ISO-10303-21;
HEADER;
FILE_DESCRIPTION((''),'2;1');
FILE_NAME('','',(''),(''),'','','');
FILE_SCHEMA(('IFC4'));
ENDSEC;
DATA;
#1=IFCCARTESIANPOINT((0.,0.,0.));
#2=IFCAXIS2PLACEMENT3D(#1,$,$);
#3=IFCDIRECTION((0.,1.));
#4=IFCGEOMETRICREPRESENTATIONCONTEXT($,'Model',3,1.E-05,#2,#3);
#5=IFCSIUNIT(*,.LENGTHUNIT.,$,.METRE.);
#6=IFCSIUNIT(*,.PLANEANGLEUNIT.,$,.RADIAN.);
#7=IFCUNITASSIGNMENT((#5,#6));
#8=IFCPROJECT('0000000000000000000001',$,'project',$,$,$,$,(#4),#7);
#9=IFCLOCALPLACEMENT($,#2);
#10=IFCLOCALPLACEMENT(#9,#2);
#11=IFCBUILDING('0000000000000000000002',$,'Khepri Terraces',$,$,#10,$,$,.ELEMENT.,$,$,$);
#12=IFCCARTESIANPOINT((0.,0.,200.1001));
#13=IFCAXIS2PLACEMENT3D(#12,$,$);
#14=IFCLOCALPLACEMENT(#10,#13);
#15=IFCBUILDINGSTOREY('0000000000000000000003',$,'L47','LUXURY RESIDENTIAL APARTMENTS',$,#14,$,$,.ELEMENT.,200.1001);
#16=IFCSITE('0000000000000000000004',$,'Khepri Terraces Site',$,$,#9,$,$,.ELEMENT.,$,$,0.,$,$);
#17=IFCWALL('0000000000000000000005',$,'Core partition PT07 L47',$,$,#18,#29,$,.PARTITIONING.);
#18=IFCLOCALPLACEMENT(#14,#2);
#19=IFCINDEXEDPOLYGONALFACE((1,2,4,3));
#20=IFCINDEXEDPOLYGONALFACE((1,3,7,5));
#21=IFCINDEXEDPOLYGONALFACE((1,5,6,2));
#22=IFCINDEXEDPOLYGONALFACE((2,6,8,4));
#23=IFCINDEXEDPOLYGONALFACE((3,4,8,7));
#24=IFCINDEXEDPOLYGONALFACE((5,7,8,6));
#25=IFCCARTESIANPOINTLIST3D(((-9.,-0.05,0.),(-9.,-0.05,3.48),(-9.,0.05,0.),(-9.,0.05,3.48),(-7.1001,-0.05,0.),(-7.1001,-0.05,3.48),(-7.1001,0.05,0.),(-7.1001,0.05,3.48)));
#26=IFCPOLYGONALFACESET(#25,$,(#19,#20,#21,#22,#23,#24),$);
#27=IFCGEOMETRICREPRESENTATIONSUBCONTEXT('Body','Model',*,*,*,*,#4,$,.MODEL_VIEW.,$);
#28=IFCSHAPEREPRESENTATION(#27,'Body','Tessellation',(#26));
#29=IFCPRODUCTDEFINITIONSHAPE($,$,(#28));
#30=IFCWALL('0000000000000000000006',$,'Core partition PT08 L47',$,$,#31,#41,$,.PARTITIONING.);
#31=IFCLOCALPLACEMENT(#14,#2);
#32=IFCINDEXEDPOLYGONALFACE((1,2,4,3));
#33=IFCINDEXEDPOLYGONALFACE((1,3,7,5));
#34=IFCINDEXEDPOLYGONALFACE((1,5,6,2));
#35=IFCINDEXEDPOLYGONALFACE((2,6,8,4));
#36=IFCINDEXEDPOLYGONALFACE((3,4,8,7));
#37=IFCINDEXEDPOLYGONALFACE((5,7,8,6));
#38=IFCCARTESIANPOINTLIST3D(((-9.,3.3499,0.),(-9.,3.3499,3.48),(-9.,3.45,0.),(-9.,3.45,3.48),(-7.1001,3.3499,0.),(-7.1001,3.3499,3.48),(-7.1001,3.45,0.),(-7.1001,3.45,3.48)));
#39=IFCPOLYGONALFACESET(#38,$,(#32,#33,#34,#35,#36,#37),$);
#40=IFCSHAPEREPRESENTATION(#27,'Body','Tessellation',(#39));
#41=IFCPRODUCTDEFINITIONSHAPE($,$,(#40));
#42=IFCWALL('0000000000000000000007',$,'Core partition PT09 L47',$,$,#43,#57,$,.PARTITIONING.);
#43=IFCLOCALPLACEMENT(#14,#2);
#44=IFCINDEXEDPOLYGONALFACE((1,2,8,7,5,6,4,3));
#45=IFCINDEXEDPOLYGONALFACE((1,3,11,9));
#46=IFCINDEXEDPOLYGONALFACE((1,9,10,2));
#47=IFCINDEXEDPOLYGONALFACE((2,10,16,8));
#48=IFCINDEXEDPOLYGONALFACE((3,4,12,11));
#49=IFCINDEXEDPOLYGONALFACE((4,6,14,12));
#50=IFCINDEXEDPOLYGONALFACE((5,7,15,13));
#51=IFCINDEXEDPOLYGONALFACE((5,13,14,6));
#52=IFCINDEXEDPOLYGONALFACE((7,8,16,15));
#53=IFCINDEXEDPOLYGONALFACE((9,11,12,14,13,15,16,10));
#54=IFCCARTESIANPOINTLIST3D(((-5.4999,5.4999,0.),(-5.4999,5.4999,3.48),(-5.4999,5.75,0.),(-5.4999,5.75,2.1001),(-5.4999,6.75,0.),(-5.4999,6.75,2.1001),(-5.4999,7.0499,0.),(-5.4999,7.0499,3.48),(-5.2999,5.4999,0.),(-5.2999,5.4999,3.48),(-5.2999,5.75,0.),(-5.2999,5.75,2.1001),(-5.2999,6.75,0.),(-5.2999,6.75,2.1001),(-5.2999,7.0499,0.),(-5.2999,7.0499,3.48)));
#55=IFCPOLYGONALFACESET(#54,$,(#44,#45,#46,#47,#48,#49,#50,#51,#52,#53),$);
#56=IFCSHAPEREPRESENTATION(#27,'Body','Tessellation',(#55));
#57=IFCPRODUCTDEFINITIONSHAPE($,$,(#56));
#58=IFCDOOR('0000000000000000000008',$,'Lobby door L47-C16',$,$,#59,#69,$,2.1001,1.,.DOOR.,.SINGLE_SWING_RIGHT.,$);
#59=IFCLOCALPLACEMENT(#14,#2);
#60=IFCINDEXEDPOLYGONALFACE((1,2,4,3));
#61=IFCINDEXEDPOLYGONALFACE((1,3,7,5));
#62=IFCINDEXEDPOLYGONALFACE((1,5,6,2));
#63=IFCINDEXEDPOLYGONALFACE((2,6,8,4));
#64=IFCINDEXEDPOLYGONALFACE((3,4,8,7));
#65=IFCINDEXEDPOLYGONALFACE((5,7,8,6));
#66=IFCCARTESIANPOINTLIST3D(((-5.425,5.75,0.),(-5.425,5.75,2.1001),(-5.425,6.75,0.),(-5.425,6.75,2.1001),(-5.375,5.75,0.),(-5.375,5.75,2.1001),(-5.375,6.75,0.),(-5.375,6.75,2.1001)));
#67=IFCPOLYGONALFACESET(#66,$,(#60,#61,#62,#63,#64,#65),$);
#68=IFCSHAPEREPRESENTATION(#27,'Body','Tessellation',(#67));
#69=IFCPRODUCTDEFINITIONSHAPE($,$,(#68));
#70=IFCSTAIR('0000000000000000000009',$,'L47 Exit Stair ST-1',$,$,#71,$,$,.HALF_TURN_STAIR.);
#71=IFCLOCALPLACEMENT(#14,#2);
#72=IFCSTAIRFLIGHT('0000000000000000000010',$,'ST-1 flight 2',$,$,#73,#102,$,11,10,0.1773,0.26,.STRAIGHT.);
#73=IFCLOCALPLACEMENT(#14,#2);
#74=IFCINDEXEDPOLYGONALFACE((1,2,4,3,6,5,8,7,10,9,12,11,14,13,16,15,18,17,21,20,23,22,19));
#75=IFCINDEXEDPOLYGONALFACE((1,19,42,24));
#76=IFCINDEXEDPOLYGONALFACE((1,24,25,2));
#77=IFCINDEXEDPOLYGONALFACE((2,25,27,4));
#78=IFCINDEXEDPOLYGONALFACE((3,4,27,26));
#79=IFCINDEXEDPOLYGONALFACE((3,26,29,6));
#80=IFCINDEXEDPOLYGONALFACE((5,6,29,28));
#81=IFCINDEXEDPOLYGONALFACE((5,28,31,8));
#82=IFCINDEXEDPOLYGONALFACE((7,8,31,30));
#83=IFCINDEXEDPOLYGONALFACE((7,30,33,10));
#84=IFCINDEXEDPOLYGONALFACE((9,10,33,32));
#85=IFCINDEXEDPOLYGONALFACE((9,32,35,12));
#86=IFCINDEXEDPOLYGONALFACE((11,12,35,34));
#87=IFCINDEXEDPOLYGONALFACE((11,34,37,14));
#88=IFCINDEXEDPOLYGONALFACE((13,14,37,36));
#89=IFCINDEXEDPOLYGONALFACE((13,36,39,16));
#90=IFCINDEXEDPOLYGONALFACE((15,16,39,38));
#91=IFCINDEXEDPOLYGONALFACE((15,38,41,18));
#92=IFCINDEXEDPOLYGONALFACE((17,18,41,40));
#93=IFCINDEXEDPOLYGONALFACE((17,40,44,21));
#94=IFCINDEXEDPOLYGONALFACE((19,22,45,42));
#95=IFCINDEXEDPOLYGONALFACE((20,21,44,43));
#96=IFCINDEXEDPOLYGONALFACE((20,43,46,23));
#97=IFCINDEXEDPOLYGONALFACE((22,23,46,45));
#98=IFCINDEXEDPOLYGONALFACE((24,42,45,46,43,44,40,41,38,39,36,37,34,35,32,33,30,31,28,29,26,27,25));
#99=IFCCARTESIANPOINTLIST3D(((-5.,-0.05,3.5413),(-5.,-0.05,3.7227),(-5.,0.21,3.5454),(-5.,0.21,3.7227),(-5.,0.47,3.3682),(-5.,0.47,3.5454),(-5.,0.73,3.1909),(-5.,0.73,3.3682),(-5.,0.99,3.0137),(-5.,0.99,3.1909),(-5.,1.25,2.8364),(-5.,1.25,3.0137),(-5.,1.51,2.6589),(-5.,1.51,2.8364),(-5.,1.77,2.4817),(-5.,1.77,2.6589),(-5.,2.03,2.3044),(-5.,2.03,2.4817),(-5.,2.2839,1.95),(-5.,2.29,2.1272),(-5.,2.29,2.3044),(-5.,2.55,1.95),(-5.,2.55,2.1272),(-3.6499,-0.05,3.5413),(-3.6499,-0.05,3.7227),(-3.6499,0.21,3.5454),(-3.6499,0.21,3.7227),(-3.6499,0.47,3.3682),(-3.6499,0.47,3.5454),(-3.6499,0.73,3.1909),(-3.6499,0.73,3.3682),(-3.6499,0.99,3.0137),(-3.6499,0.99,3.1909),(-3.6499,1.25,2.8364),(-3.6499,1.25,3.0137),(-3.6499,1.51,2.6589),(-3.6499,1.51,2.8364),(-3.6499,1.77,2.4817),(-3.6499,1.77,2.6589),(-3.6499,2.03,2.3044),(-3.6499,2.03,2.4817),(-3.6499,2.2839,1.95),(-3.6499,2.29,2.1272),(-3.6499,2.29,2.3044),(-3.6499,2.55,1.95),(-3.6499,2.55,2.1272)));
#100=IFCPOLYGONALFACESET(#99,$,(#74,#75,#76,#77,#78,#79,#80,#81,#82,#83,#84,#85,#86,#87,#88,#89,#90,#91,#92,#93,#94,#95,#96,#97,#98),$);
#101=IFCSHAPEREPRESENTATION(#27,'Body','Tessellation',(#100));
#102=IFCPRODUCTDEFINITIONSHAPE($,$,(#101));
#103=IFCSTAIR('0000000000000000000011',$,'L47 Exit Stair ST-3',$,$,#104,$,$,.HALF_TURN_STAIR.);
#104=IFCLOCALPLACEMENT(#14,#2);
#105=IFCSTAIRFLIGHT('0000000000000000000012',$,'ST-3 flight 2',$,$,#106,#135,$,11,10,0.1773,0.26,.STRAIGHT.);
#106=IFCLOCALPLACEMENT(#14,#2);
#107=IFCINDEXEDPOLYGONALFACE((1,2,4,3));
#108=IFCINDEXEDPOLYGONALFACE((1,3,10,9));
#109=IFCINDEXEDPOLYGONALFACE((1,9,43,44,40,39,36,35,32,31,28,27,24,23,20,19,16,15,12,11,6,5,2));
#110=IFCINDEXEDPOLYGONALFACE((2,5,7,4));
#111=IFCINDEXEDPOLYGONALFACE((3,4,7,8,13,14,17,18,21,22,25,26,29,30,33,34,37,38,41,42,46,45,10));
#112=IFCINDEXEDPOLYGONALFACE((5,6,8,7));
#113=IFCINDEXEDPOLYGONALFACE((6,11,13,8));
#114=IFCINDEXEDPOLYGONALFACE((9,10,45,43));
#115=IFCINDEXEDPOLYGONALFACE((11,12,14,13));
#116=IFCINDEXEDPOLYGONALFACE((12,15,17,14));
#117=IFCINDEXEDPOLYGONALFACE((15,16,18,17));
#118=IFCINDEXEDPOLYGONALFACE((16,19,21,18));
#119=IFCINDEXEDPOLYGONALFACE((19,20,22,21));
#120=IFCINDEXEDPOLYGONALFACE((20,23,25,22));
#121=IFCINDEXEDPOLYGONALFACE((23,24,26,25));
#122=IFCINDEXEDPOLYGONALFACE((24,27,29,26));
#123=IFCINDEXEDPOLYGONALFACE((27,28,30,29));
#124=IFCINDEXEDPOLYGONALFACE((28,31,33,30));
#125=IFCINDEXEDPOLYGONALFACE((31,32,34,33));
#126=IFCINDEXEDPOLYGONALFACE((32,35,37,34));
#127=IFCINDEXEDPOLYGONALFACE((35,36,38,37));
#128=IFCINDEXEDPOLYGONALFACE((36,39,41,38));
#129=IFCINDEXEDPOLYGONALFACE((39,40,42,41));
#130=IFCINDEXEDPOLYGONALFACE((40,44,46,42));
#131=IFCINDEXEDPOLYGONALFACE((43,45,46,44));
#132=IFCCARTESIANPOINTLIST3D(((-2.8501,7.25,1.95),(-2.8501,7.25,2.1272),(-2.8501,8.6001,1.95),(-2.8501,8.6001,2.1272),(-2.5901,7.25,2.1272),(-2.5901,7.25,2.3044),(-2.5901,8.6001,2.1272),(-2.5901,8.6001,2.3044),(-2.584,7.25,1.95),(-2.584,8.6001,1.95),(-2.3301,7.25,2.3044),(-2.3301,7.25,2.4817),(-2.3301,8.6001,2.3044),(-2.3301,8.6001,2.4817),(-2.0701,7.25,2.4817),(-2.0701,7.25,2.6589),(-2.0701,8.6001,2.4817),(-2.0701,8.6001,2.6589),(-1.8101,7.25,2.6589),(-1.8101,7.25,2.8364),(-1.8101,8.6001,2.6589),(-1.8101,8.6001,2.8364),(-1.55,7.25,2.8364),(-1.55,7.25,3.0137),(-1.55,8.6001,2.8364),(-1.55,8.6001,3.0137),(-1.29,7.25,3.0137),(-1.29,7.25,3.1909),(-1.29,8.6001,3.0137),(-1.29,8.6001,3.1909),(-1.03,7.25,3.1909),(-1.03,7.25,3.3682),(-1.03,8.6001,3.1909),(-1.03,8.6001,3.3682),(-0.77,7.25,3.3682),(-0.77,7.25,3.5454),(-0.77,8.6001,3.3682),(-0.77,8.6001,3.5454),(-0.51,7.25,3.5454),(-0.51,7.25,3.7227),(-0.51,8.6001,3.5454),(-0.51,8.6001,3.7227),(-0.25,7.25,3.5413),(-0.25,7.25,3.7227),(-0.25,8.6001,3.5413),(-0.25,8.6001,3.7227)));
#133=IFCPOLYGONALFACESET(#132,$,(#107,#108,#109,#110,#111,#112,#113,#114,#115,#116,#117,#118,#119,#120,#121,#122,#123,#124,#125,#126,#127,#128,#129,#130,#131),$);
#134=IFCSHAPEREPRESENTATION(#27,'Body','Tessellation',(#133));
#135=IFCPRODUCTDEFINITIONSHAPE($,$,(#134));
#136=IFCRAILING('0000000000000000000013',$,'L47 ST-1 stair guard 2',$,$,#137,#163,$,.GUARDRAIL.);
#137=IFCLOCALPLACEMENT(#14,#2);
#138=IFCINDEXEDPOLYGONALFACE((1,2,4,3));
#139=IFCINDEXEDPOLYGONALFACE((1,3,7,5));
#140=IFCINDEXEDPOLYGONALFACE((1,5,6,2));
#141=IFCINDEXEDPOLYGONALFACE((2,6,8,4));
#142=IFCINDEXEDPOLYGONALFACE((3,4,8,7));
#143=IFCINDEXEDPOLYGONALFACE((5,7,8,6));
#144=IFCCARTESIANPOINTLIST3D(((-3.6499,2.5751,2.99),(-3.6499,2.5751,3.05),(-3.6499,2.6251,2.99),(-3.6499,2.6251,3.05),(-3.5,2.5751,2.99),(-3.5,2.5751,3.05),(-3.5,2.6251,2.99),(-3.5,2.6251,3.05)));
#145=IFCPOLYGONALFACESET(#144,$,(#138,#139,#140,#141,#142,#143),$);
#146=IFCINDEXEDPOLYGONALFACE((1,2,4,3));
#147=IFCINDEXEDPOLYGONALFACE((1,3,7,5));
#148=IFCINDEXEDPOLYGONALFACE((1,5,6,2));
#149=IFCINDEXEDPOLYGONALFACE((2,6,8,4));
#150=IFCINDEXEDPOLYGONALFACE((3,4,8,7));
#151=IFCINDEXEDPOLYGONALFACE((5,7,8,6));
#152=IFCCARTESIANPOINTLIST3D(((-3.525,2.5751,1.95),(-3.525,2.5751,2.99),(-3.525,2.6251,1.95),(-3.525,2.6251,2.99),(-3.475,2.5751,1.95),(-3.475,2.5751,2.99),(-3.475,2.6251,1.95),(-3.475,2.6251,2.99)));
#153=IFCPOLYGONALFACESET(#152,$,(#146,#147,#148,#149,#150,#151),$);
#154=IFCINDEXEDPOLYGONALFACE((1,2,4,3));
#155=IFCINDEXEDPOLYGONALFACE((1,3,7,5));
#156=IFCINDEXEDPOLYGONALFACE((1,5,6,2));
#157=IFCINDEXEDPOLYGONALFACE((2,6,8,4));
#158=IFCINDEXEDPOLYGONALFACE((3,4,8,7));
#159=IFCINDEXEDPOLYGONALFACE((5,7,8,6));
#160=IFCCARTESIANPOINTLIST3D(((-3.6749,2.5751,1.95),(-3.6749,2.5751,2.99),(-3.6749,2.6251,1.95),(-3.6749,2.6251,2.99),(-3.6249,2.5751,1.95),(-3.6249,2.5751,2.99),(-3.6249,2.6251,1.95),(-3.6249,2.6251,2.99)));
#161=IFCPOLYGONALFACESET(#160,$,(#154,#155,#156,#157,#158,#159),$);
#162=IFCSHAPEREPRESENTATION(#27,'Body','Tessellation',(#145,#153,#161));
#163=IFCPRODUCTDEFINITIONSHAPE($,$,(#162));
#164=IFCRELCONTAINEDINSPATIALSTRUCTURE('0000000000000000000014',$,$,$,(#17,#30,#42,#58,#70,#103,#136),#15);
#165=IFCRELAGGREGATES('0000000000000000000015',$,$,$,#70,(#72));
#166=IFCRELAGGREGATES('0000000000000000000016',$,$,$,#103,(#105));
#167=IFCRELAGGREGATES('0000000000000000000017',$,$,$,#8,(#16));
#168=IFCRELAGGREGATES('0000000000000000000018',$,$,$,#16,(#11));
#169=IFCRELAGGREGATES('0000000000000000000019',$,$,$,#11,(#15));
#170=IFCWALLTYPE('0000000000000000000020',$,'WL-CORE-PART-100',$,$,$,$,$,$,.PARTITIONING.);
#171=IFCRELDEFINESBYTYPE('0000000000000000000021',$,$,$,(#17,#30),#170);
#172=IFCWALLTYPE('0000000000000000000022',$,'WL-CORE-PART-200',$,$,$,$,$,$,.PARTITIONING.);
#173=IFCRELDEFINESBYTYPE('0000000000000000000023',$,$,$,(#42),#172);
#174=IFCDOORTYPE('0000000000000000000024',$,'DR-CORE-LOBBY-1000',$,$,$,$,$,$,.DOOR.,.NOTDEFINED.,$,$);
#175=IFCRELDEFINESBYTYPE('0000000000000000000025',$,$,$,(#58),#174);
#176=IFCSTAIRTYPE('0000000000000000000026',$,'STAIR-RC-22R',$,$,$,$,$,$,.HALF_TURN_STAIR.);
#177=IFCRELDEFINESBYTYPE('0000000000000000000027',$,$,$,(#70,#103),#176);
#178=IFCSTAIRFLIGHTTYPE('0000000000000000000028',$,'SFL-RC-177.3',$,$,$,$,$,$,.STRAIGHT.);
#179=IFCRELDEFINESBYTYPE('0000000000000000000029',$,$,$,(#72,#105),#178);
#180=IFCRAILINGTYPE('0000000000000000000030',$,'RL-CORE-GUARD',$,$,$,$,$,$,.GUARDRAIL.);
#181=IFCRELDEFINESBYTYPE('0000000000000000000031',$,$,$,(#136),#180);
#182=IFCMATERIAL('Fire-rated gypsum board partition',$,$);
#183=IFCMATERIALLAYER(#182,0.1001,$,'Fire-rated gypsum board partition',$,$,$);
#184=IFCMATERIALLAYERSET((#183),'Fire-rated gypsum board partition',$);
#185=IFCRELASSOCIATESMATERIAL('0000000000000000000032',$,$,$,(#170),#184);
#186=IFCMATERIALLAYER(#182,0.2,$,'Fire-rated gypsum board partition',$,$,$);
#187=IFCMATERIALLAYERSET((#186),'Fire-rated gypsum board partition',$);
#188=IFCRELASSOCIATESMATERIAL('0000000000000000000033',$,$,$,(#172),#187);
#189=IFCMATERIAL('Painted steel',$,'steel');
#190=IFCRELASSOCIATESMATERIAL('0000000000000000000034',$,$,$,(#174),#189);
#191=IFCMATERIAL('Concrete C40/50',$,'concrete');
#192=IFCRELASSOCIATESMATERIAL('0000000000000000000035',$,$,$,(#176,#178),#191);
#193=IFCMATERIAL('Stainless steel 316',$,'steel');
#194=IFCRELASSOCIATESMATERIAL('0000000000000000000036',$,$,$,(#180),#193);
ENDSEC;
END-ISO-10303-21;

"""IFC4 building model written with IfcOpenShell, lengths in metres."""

from ifc_helpers import new_model, si_unit, direction, frame, frame_2d, origin, origin_2d, place, context, subcontext, project, spatial, polyline, rectangle, outline, extrude, material, layer, layer_set, type_object, element, fill, aggregate, save


model = new_model("IFC4")

# Units and contexts
model_context = context("Model", 3, precision=1e-05, world=origin(), true_north=direction((0.0, 1.0)))
body_context = subcontext(model_context, "Body", "Model", "MODEL_VIEW")
ifc_project = project(units=[si_unit("LENGTHUNIT", "METRE"), si_unit("PLANEANGLEUNIT", "RADIAN")], contexts=[model_context])

# Site, building, storey
site_placement = place(None, origin())
site = spatial("IfcSite", under=ifc_project, at=site_placement, Name="Khepri Terraces Site", CompositionType="ELEMENT", RefElevation=0.0)
building_placement = place(site_placement, origin())
building = spatial("IfcBuilding", under=site, at=building_placement, Name="Khepri Terraces", CompositionType="ELEMENT")
storey_placement = place(building_placement, frame((0.0, 0.0, 200.1001)))
storey = spatial("IfcBuildingStorey", under=building, at=storey_placement, Name="L47", Description="LUXURY RESIDENTIAL APARTMENTS", CompositionType="ELEMENT", Elevation=200.1001)

# Shared definitions
ifc_material_1 = material(Name="Concrete C40/50", Category="concrete")

# Shared definitions
ifc_material_2 = material(Name="Painted steel", Category="steel")

# Walls
ifc_material_3 = material(Name="Fire-rated gypsum board partition")
ifc_layer_1 = layer(ifc_material_3, 0.1001, Name="Fire-rated gypsum board partition")
ifc_layer_set_1 = layer_set([ifc_layer_1], Name="Fire-rated gypsum board partition")
wall_type_1 = type_object("IfcWallType", Name="WL-CORE-PART-100", PredefinedType="PARTITIONING", material=ifc_layer_set_1)
for number, where, z_axis, x_axis, name in (
    (1, (-9.0, 0.0, 0.0), (0.0, 0.0, 1.0), (1.0, 0.0, 0.0), "Core partition PT07 L47"),
    (2, (-9.0, 3.3999, 0.0), (0.0, 0.0, 1.0), (1.0, 0.0, 0.0), "Core partition PT08 L47"),
):
    element("IfcWall", number, at=place(storey_placement, frame(where, z_axis=z_axis, x_axis=x_axis)), inside=storey, type_object=wall_type_1, Name=name, PredefinedType="PARTITIONING", context=body_context, shape_type="SweptSolid", body=[
        extrude(rectangle(XDim=1.8999, YDim=0.1001, at=frame_2d((0.95, 0.0))), origin(), (0.0, 0.0, 1.0), 3.48),
    ])

# Wall, opening, door
ifc_layer_2 = layer(ifc_material_3, 0.2, Name="Fire-rated gypsum board partition")
ifc_layer_set_2 = layer_set([ifc_layer_2], Name="Fire-rated gypsum board partition")
wall_type_2 = type_object("IfcWallType", Name="WL-CORE-PART-200", PredefinedType="PARTITIONING", material=ifc_layer_set_2)
wall_1_placement = place(storey_placement, frame((-5.3999, 5.5, 0.0), z_axis=(0.0, 0.0, 1.0), x_axis=(0.0, 1.0, 0.0)))
wall_1 = element("IfcWall", 3, at=wall_1_placement, inside=storey, type_object=wall_type_2, Name="Core partition PT09 L47", PredefinedType="PARTITIONING", context=body_context, shape_type="SweptSolid", body=[
    extrude(rectangle(XDim=1.55, YDim=0.2, at=frame_2d((0.7749, 0.0))), origin(), (0.0, 0.0, 1.0), 3.48),
])
opening_1_placement = place(wall_1_placement, frame((0.25, 0.0, 0.0)))
opening_1 = element("IfcOpeningElement", 4, at=opening_1_placement, cuts=wall_1, PredefinedType="OPENING", context=body_context, shape_type="SweptSolid", body=[
    extrude(rectangle(XDim=1.0, YDim=2.1001, at=frame_2d((0.5, 1.05))), frame((0.0, 0.1099, 0.0), z_axis=(0.0, -1.0, 0.0), x_axis=(1.0, 0.0, 0.0)), (0.0, 0.0, 1.0), 0.22),
])
door_type_1 = type_object("IfcDoorType", Name="DR-CORE-LOBBY-1000", OperationType="NOTDEFINED", PredefinedType="DOOR", material=ifc_material_2)
door_1_placement = place(opening_1_placement, frame((1.0, 0.0, 0.0), z_axis=(0.0, 0.0, 1.0), x_axis=(-1.0, 0.0, 0.0)))
door_1 = element("IfcDoor", 5, at=door_1_placement, inside=storey, type_object=door_type_1, Name="Lobby door L47-C16", OperationType="SINGLE_SWING_RIGHT", OverallHeight=2.1001, OverallWidth=1.0, PredefinedType="DOOR", context=body_context, shape_type="SweptSolid", body=[
    extrude(rectangle(XDim=1.0, YDim=2.1001, at=frame_2d((0.5, 1.05))), frame((0.0, 0.0249, 0.0), z_axis=(0.0, -1.0, 0.0), x_axis=(1.0, 0.0, 0.0)), (0.0, 0.0, 1.0), 0.05),
])
fill(opening_1, door_1)

# Stairs, stair flights
stair_type = type_object("IfcStairType", Name="STAIR-RC-22R", PredefinedType="HALF_TURN_STAIR", material=ifc_material_1)
stair_1_placement = place(storey_placement, origin())
stair_1 = element("IfcStair", 6, at=stair_1_placement, inside=storey, type_object=stair_type, Name="L47 Exit Stair ST-1", PredefinedType="HALF_TURN_STAIR")
stair_flight_type = type_object("IfcStairFlightType", Name="SFL-RC-177.3", PredefinedType="STRAIGHT", material=ifc_material_1)
stair_flight_1_placement = place(storey_placement, frame((-4.325, 2.55, 1.95), z_axis=(0.0, 0.0, 1.0), x_axis=(0.0, -1.0, 0.0)))
stair_flight_1 = element("IfcStairFlight", 7, at=stair_flight_1_placement, type_object=stair_flight_type, Name="ST-1 flight 2", NumberOfRisers=11, NumberOfTreads=10, PredefinedType="STRAIGHT", RiserHeight=0.1773, TreadLength=0.26, context=body_context, shape_type="SweptSolid", body=[
    extrude(outline(polyline([(0.0, 0.0), (0.0, 0.1772), (0.26, 0.1772), (0.26, 0.3545), (0.52, 0.3545), (0.52, 0.5317), (0.78, 0.5317), (0.78, 0.709), (1.04, 0.709), (1.04, 0.8865), (1.3, 0.8865), (1.3, 1.0637), (1.5601, 1.0637), (1.5601, 1.241), (1.8201, 1.241), (1.8201, 1.4182), (2.0801, 1.4182), (2.0801, 1.5955), (2.3401, 1.5955), (2.3401, 1.7727), (2.6001, 1.7727), (2.6001, 1.95), (2.6001, 1.5913), (0.2661, 0.0), (0.0, 0.0)])), frame((0.0, 0.675, 0.0), z_axis=(0.0, -1.0, 0.0), x_axis=(1.0, 0.0, 0.0)), (0.0, 0.0, 1.0), 1.3501),
])
aggregate(stair_1, [stair_flight_1])
stair_2_placement = place(storey_placement, origin())
stair_2 = element("IfcStair", 8, at=stair_2_placement, inside=storey, type_object=stair_type, Name="L47 Exit Stair ST-3", PredefinedType="HALF_TURN_STAIR")
stair_flight_2_placement = place(storey_placement, frame((-2.8501, 7.925, 1.95), z_axis=(0.0, 0.0, 1.0), x_axis=(1.0, 0.0, 0.0)))
stair_flight_2 = element("IfcStairFlight", 9, at=stair_flight_2_placement, type_object=stair_flight_type, Name="ST-3 flight 2", NumberOfRisers=11, NumberOfTreads=10, PredefinedType="STRAIGHT", RiserHeight=0.1773, TreadLength=0.26, context=body_context, shape_type="SweptSolid", body=[
    extrude(outline(polyline([(0.0, 0.0), (0.0, 0.1772), (0.26, 0.1772), (0.26, 0.3545), (0.52, 0.3545), (0.52, 0.5317), (0.78, 0.5317), (0.78, 0.709), (1.04, 0.709), (1.04, 0.8865), (1.3, 0.8865), (1.3, 1.0637), (1.5601, 1.0637), (1.5601, 1.241), (1.8201, 1.241), (1.8201, 1.4182), (2.0801, 1.4182), (2.0801, 1.5955), (2.3401, 1.5955), (2.3401, 1.7727), (2.6001, 1.7727), (2.6001, 1.95), (2.6001, 1.5913), (0.2661, 0.0), (0.0, 0.0)])), frame((0.0, 0.675, 0.0), z_axis=(0.0, -1.0, 0.0), x_axis=(1.0, 0.0, 0.0)), (0.0, 0.0, 1.0), 1.3501),
])
aggregate(stair_2, [stair_flight_2])

# Railing
ifc_material_4 = material(Name="Stainless steel 316", Category="steel")
railing_type_1 = type_object("IfcRailingType", Name="RL-CORE-GUARD", PredefinedType="GUARDRAIL", material=ifc_material_4)
railing_1_placement = place(storey_placement, frame((-3.5, 2.6001, 1.95)))
element("IfcRailing", 10, at=railing_1_placement, inside=storey, type_object=railing_type_1, Name="L47 ST-1 stair guard 2", PredefinedType="GUARDRAIL", context=body_context, shape_type="SweptSolid", body=[
    extrude(rectangle(XDim=0.05, YDim=0.0601, at=origin_2d()), frame((0.0, 0.0, 1.0701), z_axis=(-1.0, 0.0, 0.0), x_axis=(0.0, -1.0, 0.0)), (0.0, 0.0, 1.0), 0.1499),
    extrude(rectangle(XDim=0.05, YDim=0.05, at=origin_2d()), origin(), (0.0, 0.0, 1.0), 1.04),
    extrude(rectangle(XDim=0.05, YDim=0.05, at=origin_2d()), frame((-0.1499, 0.0, 0.0)), (0.0, 0.0, 1.0), 1.04),
])

save(model, "model.ifc")
